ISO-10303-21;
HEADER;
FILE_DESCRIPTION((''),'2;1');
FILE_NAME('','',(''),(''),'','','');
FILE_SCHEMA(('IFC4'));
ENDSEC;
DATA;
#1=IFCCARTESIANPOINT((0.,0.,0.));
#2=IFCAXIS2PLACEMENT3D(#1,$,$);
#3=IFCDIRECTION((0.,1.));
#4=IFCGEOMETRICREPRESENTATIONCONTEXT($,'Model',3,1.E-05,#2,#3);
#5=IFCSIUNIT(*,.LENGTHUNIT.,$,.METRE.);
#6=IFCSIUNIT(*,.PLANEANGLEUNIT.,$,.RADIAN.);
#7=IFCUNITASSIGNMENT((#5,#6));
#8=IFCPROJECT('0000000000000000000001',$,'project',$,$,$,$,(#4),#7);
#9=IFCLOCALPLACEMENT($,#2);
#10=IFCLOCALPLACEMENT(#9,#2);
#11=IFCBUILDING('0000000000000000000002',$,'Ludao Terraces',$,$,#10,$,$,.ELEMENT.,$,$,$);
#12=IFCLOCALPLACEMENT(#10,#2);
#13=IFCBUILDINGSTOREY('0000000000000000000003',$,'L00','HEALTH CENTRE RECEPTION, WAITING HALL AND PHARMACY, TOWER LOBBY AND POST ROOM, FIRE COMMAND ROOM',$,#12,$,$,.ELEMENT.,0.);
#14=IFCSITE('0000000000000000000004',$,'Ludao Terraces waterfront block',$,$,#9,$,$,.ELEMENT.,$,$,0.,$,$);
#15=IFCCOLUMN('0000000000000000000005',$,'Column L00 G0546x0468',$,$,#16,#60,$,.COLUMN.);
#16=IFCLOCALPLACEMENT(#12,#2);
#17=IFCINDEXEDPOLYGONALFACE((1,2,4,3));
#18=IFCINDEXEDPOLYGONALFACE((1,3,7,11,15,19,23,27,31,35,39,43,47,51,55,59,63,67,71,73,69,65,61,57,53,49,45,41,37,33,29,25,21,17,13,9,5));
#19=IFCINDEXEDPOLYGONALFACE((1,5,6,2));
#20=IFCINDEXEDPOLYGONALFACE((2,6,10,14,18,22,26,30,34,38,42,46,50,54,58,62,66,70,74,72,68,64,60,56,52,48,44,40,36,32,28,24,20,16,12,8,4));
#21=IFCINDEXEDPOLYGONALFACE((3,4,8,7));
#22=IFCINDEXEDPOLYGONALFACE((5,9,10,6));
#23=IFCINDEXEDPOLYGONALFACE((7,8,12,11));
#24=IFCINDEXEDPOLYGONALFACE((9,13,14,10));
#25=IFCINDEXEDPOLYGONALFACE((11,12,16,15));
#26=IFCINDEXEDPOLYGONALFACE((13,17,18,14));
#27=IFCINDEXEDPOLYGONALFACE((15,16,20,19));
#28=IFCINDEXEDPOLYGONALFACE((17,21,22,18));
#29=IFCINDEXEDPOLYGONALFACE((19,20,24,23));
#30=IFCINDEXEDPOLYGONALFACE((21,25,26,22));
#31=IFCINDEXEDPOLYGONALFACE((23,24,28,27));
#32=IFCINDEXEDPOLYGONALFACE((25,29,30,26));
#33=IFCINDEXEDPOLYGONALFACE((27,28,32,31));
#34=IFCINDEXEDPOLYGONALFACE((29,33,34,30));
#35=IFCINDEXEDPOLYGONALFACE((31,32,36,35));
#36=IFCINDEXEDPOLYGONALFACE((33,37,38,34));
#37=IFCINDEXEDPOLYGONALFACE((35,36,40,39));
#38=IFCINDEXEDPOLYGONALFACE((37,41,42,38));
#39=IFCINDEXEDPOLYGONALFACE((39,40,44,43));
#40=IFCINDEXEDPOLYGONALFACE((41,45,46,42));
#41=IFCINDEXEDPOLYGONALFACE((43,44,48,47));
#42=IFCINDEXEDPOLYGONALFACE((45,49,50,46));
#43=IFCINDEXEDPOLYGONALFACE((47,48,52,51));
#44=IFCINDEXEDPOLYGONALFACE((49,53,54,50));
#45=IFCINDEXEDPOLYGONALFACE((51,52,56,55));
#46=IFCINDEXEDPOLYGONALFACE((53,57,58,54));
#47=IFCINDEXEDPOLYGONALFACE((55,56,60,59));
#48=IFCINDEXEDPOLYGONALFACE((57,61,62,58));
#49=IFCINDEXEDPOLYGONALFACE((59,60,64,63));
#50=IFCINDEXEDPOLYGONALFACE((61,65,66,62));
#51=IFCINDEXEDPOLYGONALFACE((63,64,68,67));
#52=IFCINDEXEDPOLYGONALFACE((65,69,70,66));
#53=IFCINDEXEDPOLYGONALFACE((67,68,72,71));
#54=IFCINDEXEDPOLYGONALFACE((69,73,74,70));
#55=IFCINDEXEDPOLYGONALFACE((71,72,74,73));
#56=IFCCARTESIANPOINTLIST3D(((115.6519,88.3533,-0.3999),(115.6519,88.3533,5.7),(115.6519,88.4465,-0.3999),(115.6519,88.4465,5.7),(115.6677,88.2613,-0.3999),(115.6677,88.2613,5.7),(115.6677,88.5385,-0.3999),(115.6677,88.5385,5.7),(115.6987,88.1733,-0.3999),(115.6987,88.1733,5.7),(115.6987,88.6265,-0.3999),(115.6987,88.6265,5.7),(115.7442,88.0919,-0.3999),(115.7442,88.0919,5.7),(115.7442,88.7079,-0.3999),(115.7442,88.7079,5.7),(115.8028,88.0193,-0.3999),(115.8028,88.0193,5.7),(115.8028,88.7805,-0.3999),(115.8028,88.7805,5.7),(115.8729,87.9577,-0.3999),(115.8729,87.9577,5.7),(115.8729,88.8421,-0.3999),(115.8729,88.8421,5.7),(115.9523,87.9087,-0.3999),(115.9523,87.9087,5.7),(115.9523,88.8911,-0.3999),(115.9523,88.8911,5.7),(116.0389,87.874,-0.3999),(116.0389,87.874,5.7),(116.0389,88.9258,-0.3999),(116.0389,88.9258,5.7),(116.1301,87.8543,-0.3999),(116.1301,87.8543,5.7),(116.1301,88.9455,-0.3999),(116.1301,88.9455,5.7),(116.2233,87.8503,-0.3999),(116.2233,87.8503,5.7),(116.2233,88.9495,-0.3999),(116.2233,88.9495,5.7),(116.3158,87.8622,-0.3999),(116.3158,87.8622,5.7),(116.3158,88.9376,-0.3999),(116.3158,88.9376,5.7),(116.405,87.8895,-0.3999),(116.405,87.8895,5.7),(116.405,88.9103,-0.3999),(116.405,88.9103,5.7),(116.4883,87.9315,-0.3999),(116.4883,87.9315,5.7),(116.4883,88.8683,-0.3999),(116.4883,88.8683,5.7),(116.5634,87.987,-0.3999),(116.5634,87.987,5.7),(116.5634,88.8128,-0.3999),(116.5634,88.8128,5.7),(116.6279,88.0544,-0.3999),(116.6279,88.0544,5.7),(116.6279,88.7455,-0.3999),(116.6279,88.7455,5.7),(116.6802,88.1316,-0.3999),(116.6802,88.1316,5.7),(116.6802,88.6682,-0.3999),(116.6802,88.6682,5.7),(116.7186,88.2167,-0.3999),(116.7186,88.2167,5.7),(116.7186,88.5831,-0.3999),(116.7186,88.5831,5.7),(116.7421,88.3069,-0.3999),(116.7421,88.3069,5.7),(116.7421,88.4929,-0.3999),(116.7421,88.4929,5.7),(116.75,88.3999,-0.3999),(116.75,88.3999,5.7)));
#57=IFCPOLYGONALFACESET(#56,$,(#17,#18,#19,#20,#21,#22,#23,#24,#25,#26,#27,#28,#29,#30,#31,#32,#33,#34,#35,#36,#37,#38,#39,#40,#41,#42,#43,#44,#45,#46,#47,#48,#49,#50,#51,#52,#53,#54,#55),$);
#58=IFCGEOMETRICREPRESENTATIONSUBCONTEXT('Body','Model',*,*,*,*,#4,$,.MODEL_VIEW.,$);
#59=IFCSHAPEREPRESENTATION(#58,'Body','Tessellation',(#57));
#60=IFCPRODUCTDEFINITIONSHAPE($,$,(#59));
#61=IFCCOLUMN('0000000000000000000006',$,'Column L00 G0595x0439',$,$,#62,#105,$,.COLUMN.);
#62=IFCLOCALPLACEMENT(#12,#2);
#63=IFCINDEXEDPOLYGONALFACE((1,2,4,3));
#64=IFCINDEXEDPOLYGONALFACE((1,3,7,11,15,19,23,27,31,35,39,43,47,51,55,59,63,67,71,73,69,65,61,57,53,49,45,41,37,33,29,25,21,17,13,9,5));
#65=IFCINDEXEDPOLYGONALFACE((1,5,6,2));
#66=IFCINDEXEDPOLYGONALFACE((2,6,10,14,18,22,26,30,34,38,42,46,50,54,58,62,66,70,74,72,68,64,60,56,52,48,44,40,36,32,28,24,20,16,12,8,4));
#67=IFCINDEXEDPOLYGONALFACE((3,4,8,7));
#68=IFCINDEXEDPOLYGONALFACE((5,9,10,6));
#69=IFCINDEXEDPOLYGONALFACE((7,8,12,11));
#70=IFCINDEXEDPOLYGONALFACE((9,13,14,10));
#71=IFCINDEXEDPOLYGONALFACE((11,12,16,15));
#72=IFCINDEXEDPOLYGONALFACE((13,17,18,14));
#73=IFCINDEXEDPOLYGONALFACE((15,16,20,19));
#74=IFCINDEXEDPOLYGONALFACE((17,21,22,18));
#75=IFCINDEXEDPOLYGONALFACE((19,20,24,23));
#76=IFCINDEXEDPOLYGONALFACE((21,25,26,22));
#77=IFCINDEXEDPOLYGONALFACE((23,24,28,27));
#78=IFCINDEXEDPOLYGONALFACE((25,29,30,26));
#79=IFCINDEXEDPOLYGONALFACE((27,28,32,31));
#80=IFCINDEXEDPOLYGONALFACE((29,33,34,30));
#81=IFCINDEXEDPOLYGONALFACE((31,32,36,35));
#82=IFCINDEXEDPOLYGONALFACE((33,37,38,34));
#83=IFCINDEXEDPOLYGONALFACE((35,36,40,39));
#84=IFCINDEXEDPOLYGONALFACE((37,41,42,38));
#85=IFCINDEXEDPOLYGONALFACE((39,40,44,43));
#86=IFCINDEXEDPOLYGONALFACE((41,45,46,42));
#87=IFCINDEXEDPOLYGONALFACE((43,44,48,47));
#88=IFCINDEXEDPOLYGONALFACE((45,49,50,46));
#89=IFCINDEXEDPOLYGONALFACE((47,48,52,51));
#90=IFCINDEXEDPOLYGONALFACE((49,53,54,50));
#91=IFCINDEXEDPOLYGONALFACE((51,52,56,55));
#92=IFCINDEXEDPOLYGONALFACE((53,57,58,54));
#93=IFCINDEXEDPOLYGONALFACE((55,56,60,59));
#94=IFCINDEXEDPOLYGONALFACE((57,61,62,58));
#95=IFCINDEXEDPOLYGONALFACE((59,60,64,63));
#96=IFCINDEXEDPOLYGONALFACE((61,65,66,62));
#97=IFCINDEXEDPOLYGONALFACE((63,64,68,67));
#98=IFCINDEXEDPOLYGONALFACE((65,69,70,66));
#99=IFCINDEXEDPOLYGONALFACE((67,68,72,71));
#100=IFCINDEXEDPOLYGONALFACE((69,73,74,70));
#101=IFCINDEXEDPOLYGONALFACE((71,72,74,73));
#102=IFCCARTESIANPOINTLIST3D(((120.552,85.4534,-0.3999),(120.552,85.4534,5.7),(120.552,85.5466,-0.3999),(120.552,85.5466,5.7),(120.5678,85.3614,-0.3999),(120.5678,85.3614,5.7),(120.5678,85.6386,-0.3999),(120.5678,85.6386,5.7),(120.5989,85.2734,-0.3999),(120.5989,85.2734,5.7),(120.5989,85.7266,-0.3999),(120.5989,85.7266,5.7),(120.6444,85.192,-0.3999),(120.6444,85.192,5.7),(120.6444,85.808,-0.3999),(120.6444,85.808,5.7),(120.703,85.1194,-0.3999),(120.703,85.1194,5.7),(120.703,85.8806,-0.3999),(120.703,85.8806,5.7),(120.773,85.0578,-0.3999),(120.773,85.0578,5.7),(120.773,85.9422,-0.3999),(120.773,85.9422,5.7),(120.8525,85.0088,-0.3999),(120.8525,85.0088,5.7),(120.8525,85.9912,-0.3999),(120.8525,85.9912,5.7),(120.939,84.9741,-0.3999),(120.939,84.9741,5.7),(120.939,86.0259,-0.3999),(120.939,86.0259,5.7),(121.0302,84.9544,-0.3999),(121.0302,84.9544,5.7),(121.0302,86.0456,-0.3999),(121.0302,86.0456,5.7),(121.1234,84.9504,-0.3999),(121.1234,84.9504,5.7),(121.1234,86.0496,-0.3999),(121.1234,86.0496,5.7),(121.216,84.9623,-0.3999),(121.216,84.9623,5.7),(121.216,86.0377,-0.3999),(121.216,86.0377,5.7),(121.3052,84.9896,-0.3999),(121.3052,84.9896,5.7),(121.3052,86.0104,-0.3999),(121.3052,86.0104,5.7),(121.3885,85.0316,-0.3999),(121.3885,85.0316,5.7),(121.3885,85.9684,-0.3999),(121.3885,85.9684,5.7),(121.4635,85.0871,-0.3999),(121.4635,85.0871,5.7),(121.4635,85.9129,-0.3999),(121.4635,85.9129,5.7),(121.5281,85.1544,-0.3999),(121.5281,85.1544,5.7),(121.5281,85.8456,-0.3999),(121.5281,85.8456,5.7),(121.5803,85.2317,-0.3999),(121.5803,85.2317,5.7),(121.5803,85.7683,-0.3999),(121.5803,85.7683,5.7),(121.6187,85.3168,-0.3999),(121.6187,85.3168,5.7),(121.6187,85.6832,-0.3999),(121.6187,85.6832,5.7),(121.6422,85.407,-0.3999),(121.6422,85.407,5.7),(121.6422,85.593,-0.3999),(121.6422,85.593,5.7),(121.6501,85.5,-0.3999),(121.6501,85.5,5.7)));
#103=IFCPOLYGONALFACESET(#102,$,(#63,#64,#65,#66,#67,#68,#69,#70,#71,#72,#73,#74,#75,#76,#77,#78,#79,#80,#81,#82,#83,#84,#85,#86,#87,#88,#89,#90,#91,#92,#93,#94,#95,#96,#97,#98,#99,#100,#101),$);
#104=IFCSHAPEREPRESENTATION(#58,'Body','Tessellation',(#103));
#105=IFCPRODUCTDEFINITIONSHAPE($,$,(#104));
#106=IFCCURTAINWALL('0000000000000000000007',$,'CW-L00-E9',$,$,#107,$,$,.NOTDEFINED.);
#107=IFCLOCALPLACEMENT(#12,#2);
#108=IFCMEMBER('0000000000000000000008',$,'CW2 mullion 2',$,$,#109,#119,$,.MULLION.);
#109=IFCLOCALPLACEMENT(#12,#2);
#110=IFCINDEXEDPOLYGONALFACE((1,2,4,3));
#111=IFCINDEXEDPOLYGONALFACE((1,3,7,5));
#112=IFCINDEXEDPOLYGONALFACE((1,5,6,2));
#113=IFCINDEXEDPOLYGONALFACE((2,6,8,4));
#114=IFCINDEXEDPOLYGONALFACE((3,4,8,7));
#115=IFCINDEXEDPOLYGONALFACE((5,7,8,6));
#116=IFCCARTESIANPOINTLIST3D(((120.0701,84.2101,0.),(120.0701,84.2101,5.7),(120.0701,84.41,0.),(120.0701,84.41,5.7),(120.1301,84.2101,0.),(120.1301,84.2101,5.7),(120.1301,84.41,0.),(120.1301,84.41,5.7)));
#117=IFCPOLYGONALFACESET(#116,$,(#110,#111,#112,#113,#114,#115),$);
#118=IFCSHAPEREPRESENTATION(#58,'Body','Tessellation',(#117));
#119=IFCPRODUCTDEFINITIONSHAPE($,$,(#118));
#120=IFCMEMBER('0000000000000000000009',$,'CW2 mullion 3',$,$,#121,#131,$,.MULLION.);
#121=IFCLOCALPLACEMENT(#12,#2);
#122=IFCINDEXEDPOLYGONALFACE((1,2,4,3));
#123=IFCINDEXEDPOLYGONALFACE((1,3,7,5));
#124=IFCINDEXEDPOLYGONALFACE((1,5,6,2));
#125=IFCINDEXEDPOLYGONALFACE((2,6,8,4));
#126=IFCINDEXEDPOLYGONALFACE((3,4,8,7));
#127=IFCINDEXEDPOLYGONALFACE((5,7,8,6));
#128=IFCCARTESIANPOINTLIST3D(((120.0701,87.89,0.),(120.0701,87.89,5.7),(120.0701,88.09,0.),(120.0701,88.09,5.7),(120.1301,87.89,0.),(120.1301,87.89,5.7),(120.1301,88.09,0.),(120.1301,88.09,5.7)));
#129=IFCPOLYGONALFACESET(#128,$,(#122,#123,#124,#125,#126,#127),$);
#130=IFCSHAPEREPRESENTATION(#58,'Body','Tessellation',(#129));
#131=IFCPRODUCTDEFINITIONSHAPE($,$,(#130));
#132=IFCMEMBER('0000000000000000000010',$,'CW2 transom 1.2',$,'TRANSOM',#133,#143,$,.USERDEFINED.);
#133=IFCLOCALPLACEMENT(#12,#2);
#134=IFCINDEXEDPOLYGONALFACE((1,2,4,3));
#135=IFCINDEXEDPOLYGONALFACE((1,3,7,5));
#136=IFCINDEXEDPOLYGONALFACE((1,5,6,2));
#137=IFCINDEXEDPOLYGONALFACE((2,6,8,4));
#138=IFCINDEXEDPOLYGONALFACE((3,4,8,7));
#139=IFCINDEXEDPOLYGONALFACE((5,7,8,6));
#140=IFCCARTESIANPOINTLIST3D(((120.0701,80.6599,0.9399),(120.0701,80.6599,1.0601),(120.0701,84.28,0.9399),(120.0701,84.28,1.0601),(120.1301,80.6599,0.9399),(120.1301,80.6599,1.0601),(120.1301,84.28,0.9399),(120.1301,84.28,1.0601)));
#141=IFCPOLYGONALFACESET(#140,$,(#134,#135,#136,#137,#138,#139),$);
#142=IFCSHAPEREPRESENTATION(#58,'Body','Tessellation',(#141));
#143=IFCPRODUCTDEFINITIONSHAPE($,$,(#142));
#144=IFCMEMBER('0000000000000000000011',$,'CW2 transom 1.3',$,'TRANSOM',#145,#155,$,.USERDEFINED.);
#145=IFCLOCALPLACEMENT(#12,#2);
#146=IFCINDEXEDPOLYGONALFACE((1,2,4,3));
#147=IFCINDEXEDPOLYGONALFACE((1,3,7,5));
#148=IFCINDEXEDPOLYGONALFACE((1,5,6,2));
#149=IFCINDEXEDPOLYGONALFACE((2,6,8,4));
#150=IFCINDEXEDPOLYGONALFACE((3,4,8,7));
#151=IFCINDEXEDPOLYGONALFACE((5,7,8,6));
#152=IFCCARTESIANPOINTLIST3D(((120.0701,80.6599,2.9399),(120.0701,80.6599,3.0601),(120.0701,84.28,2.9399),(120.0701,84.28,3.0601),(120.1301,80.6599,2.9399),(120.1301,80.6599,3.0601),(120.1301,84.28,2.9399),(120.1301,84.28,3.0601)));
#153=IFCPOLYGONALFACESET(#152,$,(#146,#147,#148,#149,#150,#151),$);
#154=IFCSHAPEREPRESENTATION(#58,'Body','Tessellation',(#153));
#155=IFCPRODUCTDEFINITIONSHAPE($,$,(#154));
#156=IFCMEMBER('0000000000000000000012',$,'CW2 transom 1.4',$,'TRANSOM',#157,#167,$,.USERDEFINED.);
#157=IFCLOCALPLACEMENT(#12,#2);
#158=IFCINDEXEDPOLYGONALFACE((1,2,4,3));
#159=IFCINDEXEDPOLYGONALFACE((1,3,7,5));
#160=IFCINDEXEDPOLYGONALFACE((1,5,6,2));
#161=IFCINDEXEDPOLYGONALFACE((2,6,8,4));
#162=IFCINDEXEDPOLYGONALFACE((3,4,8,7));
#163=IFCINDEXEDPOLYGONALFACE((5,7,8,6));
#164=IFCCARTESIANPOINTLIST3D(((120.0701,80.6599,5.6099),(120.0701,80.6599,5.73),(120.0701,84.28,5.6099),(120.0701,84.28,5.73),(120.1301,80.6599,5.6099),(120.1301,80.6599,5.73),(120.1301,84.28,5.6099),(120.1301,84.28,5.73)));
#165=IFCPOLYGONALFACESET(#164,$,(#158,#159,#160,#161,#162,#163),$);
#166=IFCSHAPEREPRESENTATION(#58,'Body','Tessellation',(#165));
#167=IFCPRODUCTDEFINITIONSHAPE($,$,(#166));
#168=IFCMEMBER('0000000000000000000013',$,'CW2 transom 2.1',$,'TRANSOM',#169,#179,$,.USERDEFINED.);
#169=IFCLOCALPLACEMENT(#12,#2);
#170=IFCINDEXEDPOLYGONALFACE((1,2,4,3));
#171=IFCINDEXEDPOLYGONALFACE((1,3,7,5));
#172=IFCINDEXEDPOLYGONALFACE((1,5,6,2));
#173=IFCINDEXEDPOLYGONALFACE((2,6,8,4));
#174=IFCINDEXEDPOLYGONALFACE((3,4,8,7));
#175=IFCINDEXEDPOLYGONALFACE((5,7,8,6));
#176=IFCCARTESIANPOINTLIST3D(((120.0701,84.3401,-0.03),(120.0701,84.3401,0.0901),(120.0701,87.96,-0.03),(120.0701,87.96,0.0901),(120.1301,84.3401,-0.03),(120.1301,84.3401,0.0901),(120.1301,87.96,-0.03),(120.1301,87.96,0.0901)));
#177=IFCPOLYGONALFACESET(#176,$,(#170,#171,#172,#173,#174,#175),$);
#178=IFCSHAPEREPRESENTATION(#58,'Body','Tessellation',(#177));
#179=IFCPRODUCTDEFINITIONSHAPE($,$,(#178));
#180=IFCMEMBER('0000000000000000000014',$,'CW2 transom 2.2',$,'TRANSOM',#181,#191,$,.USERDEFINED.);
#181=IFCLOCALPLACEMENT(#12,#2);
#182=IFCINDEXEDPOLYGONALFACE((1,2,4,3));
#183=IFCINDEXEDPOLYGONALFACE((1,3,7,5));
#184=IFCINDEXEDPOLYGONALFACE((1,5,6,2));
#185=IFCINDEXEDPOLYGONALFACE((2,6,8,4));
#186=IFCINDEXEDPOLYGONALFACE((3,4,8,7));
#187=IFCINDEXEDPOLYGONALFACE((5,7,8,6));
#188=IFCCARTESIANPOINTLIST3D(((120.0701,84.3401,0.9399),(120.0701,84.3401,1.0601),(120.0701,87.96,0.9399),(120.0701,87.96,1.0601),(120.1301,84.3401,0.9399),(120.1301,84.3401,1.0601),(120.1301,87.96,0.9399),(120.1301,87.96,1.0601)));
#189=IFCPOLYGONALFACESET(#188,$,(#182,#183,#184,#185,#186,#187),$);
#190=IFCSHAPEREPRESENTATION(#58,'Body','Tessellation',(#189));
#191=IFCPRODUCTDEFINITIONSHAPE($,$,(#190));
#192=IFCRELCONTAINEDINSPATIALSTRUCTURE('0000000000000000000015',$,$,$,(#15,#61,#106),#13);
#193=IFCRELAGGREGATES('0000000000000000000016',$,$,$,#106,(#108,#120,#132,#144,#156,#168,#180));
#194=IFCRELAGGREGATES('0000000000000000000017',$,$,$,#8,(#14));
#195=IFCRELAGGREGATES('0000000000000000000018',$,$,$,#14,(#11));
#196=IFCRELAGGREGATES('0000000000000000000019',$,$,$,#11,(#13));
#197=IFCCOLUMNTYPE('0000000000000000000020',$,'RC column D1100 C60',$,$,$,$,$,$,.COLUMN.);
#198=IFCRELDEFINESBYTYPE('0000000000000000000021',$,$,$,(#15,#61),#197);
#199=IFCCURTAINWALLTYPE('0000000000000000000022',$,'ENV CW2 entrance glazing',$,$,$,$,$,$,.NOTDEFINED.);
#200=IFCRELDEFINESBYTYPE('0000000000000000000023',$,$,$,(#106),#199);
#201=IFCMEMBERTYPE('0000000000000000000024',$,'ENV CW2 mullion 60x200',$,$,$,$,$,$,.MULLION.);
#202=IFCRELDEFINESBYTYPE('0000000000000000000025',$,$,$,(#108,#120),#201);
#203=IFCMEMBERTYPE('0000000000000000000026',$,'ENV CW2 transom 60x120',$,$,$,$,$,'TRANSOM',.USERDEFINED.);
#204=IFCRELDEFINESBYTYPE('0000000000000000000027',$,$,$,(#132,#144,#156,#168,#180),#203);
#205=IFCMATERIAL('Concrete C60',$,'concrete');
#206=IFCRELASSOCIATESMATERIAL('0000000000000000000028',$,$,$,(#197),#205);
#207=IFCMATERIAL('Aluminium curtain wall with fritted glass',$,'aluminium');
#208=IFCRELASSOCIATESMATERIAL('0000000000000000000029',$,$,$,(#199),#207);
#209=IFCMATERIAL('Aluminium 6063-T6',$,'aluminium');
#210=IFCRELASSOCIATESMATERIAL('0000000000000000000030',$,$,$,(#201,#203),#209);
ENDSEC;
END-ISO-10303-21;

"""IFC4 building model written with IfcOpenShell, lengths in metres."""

from ifc_helpers import new_model, si_unit, direction, frame, origin, origin_2d, place, context, subcontext, project, spatial, rectangle, circle, extrude, material, material_profile, profile_set, type_object, element, aggregate, save


model = new_model("IFC4")

# Units and contexts
model_context = context("Model", 3, precision=1e-05, world=origin(), true_north=direction((0.0, 1.0)))
body_context = subcontext(model_context, "Body", "Model", "MODEL_VIEW")
ifc_project = project(units=[si_unit("LENGTHUNIT", "METRE"), si_unit("PLANEANGLEUNIT", "RADIAN")], contexts=[model_context])

# Site, building, storey
site_placement = place(None, origin())
site = spatial("IfcSite", under=ifc_project, at=site_placement, Name="Ludao Terraces waterfront block", CompositionType="ELEMENT", RefElevation=0.0)
building_placement = place(site_placement, origin())
building = spatial("IfcBuilding", under=site, at=building_placement, Name="Ludao Terraces", CompositionType="ELEMENT")
storey_placement = place(building_placement, origin())
storey = spatial("IfcBuildingStorey", under=building, at=storey_placement, Name="L00", Description="HEALTH CENTRE RECEPTION, WAITING HALL AND PHARMACY, TOWER LOBBY AND POST ROOM, FIRE COMMAND ROOM", CompositionType="ELEMENT", Elevation=0.0)

# Columns
ifc_material_1 = material(Name="Concrete C60", Category="concrete")
ifc_material_profile_1 = material_profile(ifc_material_1, circle(Radius=0.55, at=origin_2d()), Name="D1100")
ifc_profile_set_1 = profile_set([ifc_material_profile_1], Name="Concrete C60")
column_type = type_object("IfcColumnType", Name="RC column D1100 C60", PredefinedType="COLUMN", material=ifc_profile_set_1)
for number, where, z_axis, x_axis, name in (
    (1, (116.2, 88.3999, -0.3999), (0.0, 0.0, 1.0), (1.0, 0.0, 0.0), "Column L00 G0546x0468"),
    (2, (121.1001, 85.5, -0.3999), (0.0, 0.0, 1.0), (1.0, 0.0, 0.0), "Column L00 G0595x0439"),
):
    element("IfcColumn", number, at=place(storey_placement, frame(where, z_axis=z_axis, x_axis=x_axis)), inside=storey, type_object=column_type, Name=name, PredefinedType="COLUMN", context=body_context, shape_type="SweptSolid", body=[
        extrude(circle(Radius=0.55, at=origin_2d()), origin(), (0.0, 0.0, 1.0), 6.0999),
    ])

# Curtain wall, members
ifc_material_2 = material(Name="Aluminium curtain wall with fritted glass", Category="aluminium")
curtain_wall_type = type_object("IfcCurtainWallType", Name="ENV CW2 entrance glazing", PredefinedType="NOTDEFINED", material=ifc_material_2)
curtain_wall_placement = place(storey_placement, origin())
curtain_wall = element("IfcCurtainWall", 3, at=curtain_wall_placement, inside=storey, type_object=curtain_wall_type, Name="CW-L00-E9", PredefinedType="NOTDEFINED")
ifc_material_3 = material(Name="Aluminium 6063-T6", Category="aluminium")
ifc_material_profile_2 = material_profile(ifc_material_3, rectangle(XDim=0.0601, YDim=0.2, at=origin_2d()), Name="60 X 200")
ifc_profile_set_2 = profile_set([ifc_material_profile_2], Name="Aluminium 6063-T6")
member_type_1 = type_object("IfcMemberType", Name="ENV CW2 mullion 60x200", PredefinedType="MULLION", material=ifc_profile_set_2)
member_1_placement = place(storey_placement, frame((120.1001, 84.3101, 0.0), z_axis=(0.0, 0.0, 1.0), x_axis=(-1.0, 0.0, 0.0)))
member_1 = element("IfcMember", 4, at=member_1_placement, type_object=member_type_1, Name="CW2 mullion 2", PredefinedType="MULLION", context=body_context, shape_type="SweptSolid", body=[
    extrude(rectangle(XDim=0.0601, YDim=0.2, at=origin_2d()), origin(), (0.0, 0.0, 1.0), 5.7),
])
member_2_placement = place(storey_placement, frame((120.1001, 87.99, 0.0), z_axis=(0.0, 0.0, 1.0), x_axis=(-1.0, 0.0, 0.0)))
member_2 = element("IfcMember", 5, at=member_2_placement, type_object=member_type_1, Name="CW2 mullion 3", PredefinedType="MULLION", context=body_context, shape_type="SweptSolid", body=[
    extrude(rectangle(XDim=0.0601, YDim=0.2, at=origin_2d()), origin(), (0.0, 0.0, 1.0), 5.7),
])
ifc_material_profile_3 = material_profile(ifc_material_3, rectangle(XDim=0.0601, YDim=0.1201, at=origin_2d()), Name="60 X 120")
ifc_profile_set_3 = profile_set([ifc_material_profile_3], Name="Aluminium 6063-T6")
member_type_2 = type_object("IfcMemberType", Name="ENV CW2 transom 60x120", ElementType="TRANSOM", PredefinedType="USERDEFINED", material=ifc_profile_set_3)
member_3_placement = place(storey_placement, frame((120.1001, 80.6599, 1.0), z_axis=(0.0, 1.0, 0.0), x_axis=(-1.0, 0.0, 0.0)))
member_3 = element("IfcMember", 6, at=member_3_placement, type_object=member_type_2, Name="CW2 transom 1.2", ObjectType="TRANSOM", PredefinedType="USERDEFINED", context=body_context, shape_type="SweptSolid", body=[
    extrude(rectangle(XDim=0.0601, YDim=0.1201, at=origin_2d()), origin(), (0.0, 0.0, 1.0), 3.6201),
])
member_4_placement = place(storey_placement, frame((120.1001, 80.6599, 3.0), z_axis=(0.0, 1.0, 0.0), x_axis=(-1.0, 0.0, 0.0)))
member_4 = element("IfcMember", 7, at=member_4_placement, type_object=member_type_2, Name="CW2 transom 1.3", ObjectType="TRANSOM", PredefinedType="USERDEFINED", context=body_context, shape_type="SweptSolid", body=[
    extrude(rectangle(XDim=0.0601, YDim=0.1201, at=origin_2d()), origin(), (0.0, 0.0, 1.0), 3.6201),
])
member_5_placement = place(storey_placement, frame((120.1001, 80.6599, 5.6699), z_axis=(0.0, 1.0, 0.0), x_axis=(-1.0, 0.0, 0.0)))
member_5 = element("IfcMember", 8, at=member_5_placement, type_object=member_type_2, Name="CW2 transom 1.4", ObjectType="TRANSOM", PredefinedType="USERDEFINED", context=body_context, shape_type="SweptSolid", body=[
    extrude(rectangle(XDim=0.0601, YDim=0.1201, at=origin_2d()), origin(), (0.0, 0.0, 1.0), 3.6201),
])
member_6_placement = place(storey_placement, frame((120.1001, 84.3401, 0.03), z_axis=(0.0, 1.0, 0.0), x_axis=(-1.0, 0.0, 0.0)))
member_6 = element("IfcMember", 9, at=member_6_placement, type_object=member_type_2, Name="CW2 transom 2.1", ObjectType="TRANSOM", PredefinedType="USERDEFINED", context=body_context, shape_type="SweptSolid", body=[
    extrude(rectangle(XDim=0.0601, YDim=0.1201, at=origin_2d()), origin(), (0.0, 0.0, 1.0), 3.6199),
])
member_7_placement = place(storey_placement, frame((120.1001, 84.3401, 1.0), z_axis=(0.0, 1.0, 0.0), x_axis=(-1.0, 0.0, 0.0)))
member_7 = element("IfcMember", 10, at=member_7_placement, type_object=member_type_2, Name="CW2 transom 2.2", ObjectType="TRANSOM", PredefinedType="USERDEFINED", context=body_context, shape_type="SweptSolid", body=[
    extrude(rectangle(XDim=0.0601, YDim=0.1201, at=origin_2d()), origin(), (0.0, 0.0, 1.0), 3.6199),
])
aggregate(curtain_wall, [member_1, member_2, member_3, member_4, member_5, member_6, member_7])

save(model, "model.ifc")
